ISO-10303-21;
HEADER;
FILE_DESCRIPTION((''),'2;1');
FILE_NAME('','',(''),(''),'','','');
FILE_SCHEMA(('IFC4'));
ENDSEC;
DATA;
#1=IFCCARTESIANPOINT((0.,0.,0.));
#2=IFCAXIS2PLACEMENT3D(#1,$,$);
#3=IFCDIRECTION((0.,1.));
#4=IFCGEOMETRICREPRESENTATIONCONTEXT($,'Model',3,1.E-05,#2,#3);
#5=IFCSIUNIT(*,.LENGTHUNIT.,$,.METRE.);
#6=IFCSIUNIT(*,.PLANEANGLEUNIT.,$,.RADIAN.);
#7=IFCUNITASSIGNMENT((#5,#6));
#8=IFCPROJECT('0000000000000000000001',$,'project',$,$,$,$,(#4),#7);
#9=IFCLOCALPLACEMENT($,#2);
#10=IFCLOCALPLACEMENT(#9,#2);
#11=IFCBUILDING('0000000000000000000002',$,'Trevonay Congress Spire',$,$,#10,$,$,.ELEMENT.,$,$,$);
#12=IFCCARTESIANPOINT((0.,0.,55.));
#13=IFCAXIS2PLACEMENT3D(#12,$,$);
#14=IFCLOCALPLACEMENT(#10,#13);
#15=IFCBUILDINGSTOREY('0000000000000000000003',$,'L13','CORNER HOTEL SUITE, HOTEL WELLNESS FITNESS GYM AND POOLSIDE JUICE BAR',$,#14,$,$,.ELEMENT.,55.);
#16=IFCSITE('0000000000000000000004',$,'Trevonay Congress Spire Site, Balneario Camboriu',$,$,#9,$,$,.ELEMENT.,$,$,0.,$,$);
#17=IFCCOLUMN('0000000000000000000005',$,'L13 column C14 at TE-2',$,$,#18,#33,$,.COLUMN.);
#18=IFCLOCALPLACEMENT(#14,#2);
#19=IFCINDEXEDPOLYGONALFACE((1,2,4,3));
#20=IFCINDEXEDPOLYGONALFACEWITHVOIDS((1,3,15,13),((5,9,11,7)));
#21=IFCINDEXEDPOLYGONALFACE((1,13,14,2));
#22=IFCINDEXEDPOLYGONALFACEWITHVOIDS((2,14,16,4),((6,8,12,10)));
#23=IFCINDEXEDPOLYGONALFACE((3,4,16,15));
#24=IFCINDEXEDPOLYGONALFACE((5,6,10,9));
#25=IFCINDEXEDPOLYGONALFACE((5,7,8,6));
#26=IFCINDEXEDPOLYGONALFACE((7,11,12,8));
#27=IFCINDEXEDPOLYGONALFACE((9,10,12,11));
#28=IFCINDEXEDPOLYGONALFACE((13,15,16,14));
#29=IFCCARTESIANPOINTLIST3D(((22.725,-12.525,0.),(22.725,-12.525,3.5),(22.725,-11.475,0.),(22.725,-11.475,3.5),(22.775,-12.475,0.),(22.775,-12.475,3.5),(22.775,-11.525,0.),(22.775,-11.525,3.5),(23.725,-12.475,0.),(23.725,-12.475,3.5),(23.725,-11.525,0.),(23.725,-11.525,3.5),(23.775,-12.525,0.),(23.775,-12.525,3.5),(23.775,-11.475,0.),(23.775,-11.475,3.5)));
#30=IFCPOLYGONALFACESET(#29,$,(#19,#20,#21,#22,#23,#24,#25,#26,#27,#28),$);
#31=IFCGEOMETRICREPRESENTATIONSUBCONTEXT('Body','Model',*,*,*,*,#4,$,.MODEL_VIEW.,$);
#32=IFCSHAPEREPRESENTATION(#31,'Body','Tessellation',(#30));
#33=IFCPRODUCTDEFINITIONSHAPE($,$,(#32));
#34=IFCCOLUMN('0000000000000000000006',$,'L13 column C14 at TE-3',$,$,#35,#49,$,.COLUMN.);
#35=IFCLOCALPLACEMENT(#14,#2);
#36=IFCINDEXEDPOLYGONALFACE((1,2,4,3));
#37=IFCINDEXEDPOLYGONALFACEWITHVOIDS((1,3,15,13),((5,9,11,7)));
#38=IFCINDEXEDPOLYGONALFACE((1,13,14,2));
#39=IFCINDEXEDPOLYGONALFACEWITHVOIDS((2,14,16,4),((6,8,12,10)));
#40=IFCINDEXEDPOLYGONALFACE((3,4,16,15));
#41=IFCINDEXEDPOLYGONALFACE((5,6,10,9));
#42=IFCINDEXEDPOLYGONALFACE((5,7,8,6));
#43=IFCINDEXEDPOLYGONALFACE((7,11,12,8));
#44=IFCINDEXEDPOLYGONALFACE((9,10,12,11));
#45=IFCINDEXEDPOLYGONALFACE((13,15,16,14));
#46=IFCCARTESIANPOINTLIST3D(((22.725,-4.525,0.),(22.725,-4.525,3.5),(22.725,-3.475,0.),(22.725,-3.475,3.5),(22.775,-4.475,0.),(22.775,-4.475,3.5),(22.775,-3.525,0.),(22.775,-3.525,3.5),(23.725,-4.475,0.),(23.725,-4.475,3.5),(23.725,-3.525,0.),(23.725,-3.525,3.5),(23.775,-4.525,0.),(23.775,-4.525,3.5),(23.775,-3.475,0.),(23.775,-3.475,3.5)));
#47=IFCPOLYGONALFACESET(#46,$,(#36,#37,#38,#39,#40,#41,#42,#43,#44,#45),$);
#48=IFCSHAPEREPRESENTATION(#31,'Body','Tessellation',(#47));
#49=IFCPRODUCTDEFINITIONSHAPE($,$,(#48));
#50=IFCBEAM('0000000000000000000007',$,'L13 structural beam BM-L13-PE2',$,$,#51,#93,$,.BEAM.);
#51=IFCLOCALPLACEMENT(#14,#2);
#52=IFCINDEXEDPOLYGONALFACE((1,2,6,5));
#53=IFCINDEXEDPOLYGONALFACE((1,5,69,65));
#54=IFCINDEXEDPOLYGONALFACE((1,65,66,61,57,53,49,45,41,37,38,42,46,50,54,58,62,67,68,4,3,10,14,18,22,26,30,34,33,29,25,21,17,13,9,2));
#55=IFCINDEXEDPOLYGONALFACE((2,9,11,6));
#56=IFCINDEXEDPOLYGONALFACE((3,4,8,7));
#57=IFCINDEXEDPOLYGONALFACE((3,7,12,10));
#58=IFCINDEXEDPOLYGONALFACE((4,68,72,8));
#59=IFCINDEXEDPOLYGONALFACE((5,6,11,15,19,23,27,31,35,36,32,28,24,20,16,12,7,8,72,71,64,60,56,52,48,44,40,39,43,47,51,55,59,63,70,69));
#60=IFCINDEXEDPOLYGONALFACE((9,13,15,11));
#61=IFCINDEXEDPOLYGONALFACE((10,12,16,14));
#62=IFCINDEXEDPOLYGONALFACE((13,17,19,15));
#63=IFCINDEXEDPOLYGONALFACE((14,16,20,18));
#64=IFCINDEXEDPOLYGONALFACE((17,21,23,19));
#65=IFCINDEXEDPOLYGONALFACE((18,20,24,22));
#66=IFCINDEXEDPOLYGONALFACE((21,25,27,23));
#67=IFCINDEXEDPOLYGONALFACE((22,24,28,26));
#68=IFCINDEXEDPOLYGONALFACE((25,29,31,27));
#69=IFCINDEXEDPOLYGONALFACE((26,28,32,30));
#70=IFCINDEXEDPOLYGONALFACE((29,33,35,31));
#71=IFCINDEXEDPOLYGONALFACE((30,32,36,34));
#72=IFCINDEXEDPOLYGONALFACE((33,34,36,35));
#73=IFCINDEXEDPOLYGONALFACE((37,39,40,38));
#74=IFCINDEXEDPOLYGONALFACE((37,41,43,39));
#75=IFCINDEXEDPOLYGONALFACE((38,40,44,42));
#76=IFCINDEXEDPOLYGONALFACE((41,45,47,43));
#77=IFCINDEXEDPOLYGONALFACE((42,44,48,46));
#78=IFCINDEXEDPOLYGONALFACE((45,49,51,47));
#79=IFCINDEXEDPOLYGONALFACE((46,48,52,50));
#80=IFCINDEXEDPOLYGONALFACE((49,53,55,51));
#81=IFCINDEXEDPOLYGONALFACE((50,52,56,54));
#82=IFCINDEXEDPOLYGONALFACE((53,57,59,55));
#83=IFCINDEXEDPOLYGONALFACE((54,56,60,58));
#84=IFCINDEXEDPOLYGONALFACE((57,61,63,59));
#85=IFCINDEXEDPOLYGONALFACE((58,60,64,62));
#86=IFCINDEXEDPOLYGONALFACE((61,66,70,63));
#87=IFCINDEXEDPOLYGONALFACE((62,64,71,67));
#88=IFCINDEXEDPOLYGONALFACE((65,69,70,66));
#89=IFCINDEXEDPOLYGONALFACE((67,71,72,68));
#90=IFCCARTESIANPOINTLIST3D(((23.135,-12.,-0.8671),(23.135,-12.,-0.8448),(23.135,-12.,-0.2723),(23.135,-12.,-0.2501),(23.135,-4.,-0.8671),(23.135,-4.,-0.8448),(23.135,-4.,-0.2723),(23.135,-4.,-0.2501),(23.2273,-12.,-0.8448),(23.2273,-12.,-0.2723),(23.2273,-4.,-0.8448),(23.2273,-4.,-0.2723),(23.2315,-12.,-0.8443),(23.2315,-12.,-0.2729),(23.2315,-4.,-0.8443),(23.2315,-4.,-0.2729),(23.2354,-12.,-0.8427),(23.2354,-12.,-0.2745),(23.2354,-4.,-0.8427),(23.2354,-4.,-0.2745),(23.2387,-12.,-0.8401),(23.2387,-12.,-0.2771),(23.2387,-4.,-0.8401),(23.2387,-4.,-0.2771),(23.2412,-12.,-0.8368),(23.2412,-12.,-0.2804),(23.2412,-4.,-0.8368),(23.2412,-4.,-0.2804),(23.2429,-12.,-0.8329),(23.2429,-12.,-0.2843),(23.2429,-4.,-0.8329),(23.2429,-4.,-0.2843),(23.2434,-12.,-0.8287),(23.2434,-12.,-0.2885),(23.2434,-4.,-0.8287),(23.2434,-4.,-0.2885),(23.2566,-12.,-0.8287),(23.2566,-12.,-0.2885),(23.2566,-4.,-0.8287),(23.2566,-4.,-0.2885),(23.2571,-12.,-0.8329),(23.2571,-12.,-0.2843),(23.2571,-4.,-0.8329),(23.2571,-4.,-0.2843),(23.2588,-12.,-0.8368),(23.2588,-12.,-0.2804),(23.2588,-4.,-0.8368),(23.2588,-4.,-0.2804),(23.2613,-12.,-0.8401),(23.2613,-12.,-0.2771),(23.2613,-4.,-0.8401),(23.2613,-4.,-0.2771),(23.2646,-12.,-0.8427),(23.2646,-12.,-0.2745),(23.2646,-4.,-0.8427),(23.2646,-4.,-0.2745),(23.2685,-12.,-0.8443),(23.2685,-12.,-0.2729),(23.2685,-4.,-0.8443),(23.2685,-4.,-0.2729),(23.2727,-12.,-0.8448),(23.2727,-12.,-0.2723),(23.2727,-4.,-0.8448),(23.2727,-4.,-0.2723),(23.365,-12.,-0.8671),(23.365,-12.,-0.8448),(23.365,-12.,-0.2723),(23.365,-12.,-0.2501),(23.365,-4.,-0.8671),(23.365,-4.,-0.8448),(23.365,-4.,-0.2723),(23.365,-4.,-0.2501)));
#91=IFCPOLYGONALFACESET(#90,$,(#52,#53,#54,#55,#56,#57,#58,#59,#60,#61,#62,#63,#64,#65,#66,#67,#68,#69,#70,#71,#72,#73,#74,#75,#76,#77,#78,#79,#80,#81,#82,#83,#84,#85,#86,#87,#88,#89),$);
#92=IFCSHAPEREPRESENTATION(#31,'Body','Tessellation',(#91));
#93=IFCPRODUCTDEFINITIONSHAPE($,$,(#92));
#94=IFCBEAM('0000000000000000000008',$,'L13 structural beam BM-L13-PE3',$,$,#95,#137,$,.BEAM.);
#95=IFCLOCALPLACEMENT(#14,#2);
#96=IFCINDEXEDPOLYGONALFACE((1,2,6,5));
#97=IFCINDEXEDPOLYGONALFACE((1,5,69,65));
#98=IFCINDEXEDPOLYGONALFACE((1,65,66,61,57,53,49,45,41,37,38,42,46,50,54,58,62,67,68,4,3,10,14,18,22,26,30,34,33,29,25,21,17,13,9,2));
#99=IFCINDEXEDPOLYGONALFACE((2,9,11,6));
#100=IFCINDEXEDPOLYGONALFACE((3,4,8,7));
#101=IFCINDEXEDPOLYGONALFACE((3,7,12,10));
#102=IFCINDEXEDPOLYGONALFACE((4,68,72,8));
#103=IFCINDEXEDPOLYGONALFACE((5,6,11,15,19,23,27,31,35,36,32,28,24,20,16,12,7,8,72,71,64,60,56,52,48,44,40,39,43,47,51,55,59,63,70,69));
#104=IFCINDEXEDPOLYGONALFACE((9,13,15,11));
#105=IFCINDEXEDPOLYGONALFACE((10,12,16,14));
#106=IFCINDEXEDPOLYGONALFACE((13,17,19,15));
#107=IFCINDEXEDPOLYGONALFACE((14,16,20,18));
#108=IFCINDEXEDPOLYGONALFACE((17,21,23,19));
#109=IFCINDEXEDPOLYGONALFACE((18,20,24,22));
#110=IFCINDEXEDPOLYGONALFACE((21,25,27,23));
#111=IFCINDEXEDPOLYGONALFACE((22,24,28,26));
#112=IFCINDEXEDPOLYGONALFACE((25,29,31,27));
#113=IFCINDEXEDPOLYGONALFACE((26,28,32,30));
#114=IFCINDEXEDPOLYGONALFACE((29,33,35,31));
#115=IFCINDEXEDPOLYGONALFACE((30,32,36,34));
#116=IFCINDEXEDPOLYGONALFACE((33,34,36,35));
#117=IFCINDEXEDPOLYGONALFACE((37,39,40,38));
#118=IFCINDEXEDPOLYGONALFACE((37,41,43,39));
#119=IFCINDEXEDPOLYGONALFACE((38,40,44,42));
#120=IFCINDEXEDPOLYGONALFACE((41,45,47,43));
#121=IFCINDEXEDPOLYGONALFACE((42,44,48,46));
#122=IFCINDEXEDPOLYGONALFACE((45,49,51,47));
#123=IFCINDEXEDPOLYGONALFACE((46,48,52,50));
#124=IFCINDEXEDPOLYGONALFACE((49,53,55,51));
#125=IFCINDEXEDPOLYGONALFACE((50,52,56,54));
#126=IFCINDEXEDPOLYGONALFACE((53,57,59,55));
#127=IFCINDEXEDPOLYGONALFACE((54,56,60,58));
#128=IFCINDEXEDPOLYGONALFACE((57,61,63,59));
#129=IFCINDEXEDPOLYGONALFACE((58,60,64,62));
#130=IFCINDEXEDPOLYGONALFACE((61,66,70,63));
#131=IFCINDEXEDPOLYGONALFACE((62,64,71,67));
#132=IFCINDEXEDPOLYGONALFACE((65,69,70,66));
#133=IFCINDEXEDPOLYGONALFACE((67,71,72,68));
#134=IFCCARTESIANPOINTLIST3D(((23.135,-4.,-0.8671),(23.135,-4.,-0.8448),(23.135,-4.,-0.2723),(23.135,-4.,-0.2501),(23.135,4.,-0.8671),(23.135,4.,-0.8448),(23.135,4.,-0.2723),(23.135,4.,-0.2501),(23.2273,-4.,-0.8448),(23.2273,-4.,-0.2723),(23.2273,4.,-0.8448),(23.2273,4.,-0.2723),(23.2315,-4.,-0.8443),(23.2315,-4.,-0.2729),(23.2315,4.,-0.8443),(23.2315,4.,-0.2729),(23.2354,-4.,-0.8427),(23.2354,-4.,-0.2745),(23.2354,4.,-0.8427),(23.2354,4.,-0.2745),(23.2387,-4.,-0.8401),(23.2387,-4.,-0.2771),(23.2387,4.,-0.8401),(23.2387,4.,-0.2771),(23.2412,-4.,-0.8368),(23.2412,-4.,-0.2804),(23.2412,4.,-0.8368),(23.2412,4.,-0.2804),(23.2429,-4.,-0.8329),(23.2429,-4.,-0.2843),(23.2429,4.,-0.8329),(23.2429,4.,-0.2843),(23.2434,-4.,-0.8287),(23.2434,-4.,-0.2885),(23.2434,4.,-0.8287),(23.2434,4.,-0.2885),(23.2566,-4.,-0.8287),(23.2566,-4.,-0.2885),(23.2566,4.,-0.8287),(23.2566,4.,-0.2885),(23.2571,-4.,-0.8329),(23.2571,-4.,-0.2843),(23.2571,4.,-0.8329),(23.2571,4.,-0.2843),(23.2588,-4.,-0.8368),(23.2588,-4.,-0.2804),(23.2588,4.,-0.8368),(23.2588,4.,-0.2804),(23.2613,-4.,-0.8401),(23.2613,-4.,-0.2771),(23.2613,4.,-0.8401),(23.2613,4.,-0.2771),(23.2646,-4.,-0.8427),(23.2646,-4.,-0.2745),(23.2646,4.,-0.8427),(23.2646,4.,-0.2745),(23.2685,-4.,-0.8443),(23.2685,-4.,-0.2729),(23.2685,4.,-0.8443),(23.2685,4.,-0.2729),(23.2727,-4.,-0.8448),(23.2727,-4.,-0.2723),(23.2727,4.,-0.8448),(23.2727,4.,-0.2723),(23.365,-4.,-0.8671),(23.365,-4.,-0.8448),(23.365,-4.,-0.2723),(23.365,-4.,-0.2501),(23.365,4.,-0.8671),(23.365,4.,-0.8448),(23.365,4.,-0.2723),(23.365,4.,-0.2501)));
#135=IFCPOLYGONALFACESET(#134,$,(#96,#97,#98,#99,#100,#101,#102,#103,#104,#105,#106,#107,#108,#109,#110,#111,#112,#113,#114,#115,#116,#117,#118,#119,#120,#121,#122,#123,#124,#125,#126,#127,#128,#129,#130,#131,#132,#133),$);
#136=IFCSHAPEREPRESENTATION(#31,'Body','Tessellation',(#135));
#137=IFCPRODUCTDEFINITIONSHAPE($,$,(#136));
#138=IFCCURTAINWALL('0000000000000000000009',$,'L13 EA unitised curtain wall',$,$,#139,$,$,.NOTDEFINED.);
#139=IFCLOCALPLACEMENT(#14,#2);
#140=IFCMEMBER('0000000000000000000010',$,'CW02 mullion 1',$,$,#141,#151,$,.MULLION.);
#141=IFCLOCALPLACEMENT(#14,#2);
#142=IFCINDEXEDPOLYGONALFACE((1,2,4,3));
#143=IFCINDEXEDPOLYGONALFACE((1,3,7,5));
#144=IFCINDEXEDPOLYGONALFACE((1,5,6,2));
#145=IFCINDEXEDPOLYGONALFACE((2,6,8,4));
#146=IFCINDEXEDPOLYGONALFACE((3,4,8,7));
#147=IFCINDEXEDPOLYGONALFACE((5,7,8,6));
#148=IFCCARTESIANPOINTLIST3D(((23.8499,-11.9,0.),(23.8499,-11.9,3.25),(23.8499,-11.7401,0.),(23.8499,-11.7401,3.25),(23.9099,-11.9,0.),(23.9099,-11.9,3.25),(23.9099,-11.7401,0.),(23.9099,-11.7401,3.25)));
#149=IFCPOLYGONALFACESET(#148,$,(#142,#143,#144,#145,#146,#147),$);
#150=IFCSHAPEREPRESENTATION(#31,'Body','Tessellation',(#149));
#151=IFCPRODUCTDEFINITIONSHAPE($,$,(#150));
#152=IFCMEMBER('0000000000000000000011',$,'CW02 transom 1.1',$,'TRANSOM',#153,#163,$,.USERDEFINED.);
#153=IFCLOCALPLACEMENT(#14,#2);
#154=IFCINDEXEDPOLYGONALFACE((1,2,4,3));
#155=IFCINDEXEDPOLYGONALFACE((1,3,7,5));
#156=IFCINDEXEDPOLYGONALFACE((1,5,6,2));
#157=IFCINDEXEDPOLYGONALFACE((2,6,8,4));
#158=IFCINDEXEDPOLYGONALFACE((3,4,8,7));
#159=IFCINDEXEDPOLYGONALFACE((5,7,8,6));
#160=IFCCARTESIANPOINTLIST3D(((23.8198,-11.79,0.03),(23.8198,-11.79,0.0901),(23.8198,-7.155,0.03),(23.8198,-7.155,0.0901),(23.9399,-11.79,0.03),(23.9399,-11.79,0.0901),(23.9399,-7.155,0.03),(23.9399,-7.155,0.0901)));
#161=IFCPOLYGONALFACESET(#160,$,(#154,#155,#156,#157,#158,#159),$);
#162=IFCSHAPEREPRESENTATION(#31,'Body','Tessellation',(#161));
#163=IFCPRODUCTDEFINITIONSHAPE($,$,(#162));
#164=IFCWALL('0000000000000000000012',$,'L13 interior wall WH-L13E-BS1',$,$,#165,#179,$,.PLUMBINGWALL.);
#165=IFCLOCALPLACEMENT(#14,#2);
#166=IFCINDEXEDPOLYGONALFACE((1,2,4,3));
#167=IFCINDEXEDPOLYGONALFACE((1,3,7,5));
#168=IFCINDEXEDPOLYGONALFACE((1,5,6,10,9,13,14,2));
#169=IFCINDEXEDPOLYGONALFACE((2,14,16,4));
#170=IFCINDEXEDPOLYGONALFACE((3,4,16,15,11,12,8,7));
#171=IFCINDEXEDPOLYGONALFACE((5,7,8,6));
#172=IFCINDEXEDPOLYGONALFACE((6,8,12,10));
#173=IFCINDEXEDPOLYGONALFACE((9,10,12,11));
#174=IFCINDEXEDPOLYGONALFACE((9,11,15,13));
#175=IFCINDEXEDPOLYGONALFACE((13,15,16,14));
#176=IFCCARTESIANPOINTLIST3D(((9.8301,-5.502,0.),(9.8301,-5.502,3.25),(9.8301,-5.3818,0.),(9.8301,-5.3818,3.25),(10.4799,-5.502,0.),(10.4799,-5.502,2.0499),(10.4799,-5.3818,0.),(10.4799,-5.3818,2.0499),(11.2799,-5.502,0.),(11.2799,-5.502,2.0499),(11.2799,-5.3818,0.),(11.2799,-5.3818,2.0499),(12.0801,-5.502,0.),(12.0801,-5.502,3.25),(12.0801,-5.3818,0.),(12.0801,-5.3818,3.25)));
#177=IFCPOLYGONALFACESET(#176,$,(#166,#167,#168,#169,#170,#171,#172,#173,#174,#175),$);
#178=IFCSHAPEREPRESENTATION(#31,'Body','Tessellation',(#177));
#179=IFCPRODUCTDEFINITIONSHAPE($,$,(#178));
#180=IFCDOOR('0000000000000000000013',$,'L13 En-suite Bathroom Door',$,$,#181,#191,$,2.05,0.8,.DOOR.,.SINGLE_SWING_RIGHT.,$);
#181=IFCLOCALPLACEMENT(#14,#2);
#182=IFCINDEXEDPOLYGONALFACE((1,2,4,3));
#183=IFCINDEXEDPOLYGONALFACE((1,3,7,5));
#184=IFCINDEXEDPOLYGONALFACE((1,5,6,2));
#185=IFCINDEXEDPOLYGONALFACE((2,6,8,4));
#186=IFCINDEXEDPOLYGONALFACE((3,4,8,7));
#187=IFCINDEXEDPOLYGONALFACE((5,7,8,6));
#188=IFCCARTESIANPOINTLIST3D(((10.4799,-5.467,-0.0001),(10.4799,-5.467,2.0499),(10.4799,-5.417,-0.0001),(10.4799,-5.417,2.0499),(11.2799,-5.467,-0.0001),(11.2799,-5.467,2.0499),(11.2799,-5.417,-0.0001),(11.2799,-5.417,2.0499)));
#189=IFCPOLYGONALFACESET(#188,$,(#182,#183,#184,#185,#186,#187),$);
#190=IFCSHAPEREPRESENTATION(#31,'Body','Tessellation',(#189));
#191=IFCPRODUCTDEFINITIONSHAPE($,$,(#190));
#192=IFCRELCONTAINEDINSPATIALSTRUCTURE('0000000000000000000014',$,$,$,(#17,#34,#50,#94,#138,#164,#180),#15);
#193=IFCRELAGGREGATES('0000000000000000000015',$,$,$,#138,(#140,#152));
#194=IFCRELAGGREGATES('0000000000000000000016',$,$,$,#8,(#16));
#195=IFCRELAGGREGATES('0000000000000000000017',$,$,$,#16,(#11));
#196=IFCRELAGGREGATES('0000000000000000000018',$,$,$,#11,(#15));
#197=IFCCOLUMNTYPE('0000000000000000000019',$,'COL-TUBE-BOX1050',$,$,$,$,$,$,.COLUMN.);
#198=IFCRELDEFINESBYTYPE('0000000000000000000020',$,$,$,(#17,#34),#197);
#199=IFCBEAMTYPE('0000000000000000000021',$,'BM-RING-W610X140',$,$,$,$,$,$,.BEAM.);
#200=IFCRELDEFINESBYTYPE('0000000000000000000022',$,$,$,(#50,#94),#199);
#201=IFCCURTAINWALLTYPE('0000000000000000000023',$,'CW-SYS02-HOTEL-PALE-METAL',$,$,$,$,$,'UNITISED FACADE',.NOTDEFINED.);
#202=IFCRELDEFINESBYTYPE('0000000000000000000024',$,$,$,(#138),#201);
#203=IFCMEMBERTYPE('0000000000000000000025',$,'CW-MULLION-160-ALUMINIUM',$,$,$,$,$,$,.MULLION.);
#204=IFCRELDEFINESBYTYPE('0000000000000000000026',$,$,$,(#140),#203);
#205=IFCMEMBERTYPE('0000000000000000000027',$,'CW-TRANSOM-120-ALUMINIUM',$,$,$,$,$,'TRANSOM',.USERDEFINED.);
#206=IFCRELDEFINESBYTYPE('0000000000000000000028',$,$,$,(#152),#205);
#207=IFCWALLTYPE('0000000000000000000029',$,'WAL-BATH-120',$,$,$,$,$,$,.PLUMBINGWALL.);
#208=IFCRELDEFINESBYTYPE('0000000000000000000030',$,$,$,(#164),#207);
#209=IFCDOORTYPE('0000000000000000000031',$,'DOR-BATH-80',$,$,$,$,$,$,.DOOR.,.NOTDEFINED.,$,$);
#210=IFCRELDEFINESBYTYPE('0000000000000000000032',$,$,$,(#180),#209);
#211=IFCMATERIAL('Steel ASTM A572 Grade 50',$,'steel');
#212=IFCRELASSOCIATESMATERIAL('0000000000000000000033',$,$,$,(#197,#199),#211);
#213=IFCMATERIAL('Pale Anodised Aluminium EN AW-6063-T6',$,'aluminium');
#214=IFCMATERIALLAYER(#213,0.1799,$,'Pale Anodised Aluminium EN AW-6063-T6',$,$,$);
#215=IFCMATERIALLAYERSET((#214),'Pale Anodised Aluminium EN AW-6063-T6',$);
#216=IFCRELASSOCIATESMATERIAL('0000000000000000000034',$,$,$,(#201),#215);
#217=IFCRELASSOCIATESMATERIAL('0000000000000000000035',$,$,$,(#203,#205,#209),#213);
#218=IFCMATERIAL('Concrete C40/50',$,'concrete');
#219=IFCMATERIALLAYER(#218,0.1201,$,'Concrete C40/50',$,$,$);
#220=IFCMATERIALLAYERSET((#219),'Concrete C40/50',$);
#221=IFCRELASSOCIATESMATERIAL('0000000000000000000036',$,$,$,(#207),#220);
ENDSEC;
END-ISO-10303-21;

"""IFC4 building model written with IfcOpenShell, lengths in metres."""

from ifc_helpers import new_model, si_unit, direction, frame, frame_2d, origin, origin_2d, place, context, subcontext, project, spatial, rectangle, hollow_rectangle, i_section, extrude, material, layer, layer_set, material_profile, profile_set, type_object, element, fill, aggregate, save


model = new_model("IFC4")

# Units and contexts
model_context = context("Model", 3, precision=1e-05, world=origin(), true_north=direction((0.0, 1.0)))
body_context = subcontext(model_context, "Body", "Model", "MODEL_VIEW")
ifc_project = project(units=[si_unit("LENGTHUNIT", "METRE"), si_unit("PLANEANGLEUNIT", "RADIAN")], contexts=[model_context])

# Site, building, storey
site_placement = place(None, origin())
site = spatial("IfcSite", under=ifc_project, at=site_placement, Name="Trevonay Congress Spire Site, Balneario Camboriu", CompositionType="ELEMENT", RefElevation=0.0)
building_placement = place(site_placement, origin())
building = spatial("IfcBuilding", under=site, at=building_placement, Name="Trevonay Congress Spire", CompositionType="ELEMENT")
storey_placement = place(building_placement, frame((0.0, 0.0, 55.0)))
storey = spatial("IfcBuildingStorey", under=building, at=storey_placement, Name="L13", Description="CORNER HOTEL SUITE, HOTEL WELLNESS FITNESS GYM AND POOLSIDE JUICE BAR", CompositionType="ELEMENT", Elevation=55.0)

# Columns
ifc_material_1 = material(Name="Steel ASTM A572 Grade 50", Category="steel")
ifc_material_profile_1 = material_profile(ifc_material_1, hollow_rectangle(XDim=1.05, YDim=1.05, WallThickness=0.05, at=origin_2d()), Name="BOX 1050x1050x50")
ifc_profile_set_1 = profile_set([ifc_material_profile_1], Name="Steel ASTM A572 Grade 50")
column_type = type_object("IfcColumnType", Name="COL-TUBE-BOX1050", PredefinedType="COLUMN", material=ifc_profile_set_1)
for number, where, z_axis, x_axis, name in (
    (1, (23.25, -12.0, 0.0), (0.0, 0.0, 1.0), (1.0, 0.0, 0.0), "L13 column C14 at TE-2"),
    (2, (23.25, -4.0, 0.0), (0.0, 0.0, 1.0), (1.0, 0.0, 0.0), "L13 column C14 at TE-3"),
):
    element("IfcColumn", number, at=place(storey_placement, frame(where, z_axis=z_axis, x_axis=x_axis)), inside=storey, type_object=column_type, Name=name, PredefinedType="COLUMN", context=body_context, shape_type="SweptSolid", body=[
        extrude(hollow_rectangle(XDim=1.05, YDim=1.05, WallThickness=0.05, at=origin_2d()), origin(), (0.0, 0.0, 1.0), 3.5),
    ])

# Beams
ifc_material_profile_2 = material_profile(ifc_material_1, i_section(OverallWidth=0.23, OverallDepth=0.6169, WebThickness=0.0132, FlangeThickness=0.0222, FilletRadius=0.0161, at=origin_2d()), Name="W610x140")
ifc_profile_set_2 = profile_set([ifc_material_profile_2], Name="Steel ASTM A572 Grade 50")
beam_type = type_object("IfcBeamType", Name="BM-RING-W610X140", PredefinedType="BEAM", material=ifc_profile_set_2)
for number, where, z_axis, x_axis, name in (
    (3, (23.25, -12.0, -0.5586), (0.0, 1.0, 0.0), (-1.0, 0.0, 0.0), "L13 structural beam BM-L13-PE2"),
    (4, (23.25, -4.0, -0.5586), (0.0, 1.0, 0.0), (-1.0, 0.0, 0.0), "L13 structural beam BM-L13-PE3"),
):
    element("IfcBeam", number, at=place(storey_placement, frame(where, z_axis=z_axis, x_axis=x_axis)), inside=storey, type_object=beam_type, Name=name, PredefinedType="BEAM", context=body_context, shape_type="SweptSolid", body=[
        extrude(i_section(OverallWidth=0.23, OverallDepth=0.6169, WebThickness=0.0132, FlangeThickness=0.0222, FilletRadius=0.0161, at=origin_2d()), origin(), (0.0, 0.0, 1.0), 8.0),
    ])

# Curtain wall, members
ifc_material_2 = material(Name="Pale Anodised Aluminium EN AW-6063-T6", Category="aluminium")
ifc_layer_1 = layer(ifc_material_2, 0.1799, Name="Pale Anodised Aluminium EN AW-6063-T6")
ifc_layer_set_1 = layer_set([ifc_layer_1], Name="Pale Anodised Aluminium EN AW-6063-T6")
curtain_wall_type = type_object("IfcCurtainWallType", Name="CW-SYS02-HOTEL-PALE-METAL", ElementType="UNITISED FACADE", PredefinedType="NOTDEFINED", material=ifc_layer_set_1)
curtain_wall_placement = place(storey_placement, origin())
curtain_wall = element("IfcCurtainWall", 5, at=curtain_wall_placement, inside=storey, type_object=curtain_wall_type, Name="L13 EA unitised curtain wall", PredefinedType="NOTDEFINED")
ifc_material_profile_3 = material_profile(ifc_material_2, rectangle(XDim=0.0601, YDim=0.1599, at=origin_2d()), Name="CW-MULLION-160-ALUMINIUM")
ifc_profile_set_3 = profile_set([ifc_material_profile_3], Name="Pale Anodised Aluminium EN AW-6063-T6")
member_type_1 = type_object("IfcMemberType", Name="CW-MULLION-160-ALUMINIUM", PredefinedType="MULLION", material=ifc_profile_set_3)
member_1_placement = place(storey_placement, frame((23.8799, -11.8201, 0.0), z_axis=(0.0, 0.0, 1.0), x_axis=(-1.0, 0.0, 0.0)))
member_1 = element("IfcMember", 6, at=member_1_placement, type_object=member_type_1, Name="CW02 mullion 1", PredefinedType="MULLION", context=body_context, shape_type="SweptSolid", body=[
    extrude(rectangle(XDim=0.0601, YDim=0.1599, at=origin_2d()), origin(), (0.0, 0.0, 1.0), 3.25),
])
ifc_material_profile_4 = material_profile(ifc_material_2, rectangle(XDim=0.1201, YDim=0.0601, at=origin_2d()), Name="CW-TRANSOM-120-ALUMINIUM")
ifc_profile_set_4 = profile_set([ifc_material_profile_4], Name="Pale Anodised Aluminium EN AW-6063-T6")
member_type_2 = type_object("IfcMemberType", Name="CW-TRANSOM-120-ALUMINIUM", ElementType="TRANSOM", PredefinedType="USERDEFINED", material=ifc_profile_set_4)
member_2_placement = place(storey_placement, frame((23.8799, -11.79, 0.0601), z_axis=(0.0, 1.0, 0.0), x_axis=(-1.0, 0.0, 0.0)))
member_2 = element("IfcMember", 7, at=member_2_placement, type_object=member_type_2, Name="CW02 transom 1.1", ObjectType="TRANSOM", PredefinedType="USERDEFINED", context=body_context, shape_type="SweptSolid", body=[
    extrude(rectangle(XDim=0.1201, YDim=0.0601, at=origin_2d()), origin(), (0.0, 0.0, 1.0), 4.635),
])
aggregate(curtain_wall, [member_1, member_2])

# Wall, opening, door
ifc_material_3 = material(Name="Concrete C40/50", Category="concrete")
ifc_layer_2 = layer(ifc_material_3, 0.1201, Name="Concrete C40/50")
ifc_layer_set_2 = layer_set([ifc_layer_2], Name="Concrete C40/50")
wall_type_1 = type_object("IfcWallType", Name="WAL-BATH-120", PredefinedType="PLUMBINGWALL", material=ifc_layer_set_2)
wall_1_placement = place(storey_placement, frame((9.8301, -5.4419, 0.0), z_axis=(0.0, 0.0, 1.0), x_axis=(1.0, 0.0, 0.0)))
wall_1 = element("IfcWall", 8, at=wall_1_placement, inside=storey, type_object=wall_type_1, Name="L13 interior wall WH-L13E-BS1", PredefinedType="PLUMBINGWALL", context=body_context, shape_type="SweptSolid", body=[
    extrude(rectangle(XDim=2.25, YDim=0.1201, at=frame_2d((1.125, 0.0))), origin(), (0.0, 0.0, 1.0), 3.25),
])
opening_1_placement = place(wall_1_placement, frame((0.6499, 0.0, 0.0)))
opening_1 = element("IfcOpeningElement", 9, at=opening_1_placement, cuts=wall_1, PredefinedType="OPENING", context=body_context, shape_type="SweptSolid", body=[
    extrude(rectangle(XDim=0.8, YDim=2.05, at=frame_2d((0.3999, 1.0249))), frame((0.0, 0.0701, 0.0), z_axis=(0.0, -1.0, 0.0), x_axis=(1.0, 0.0, 0.0)), (0.0, 0.0, 1.0), 0.1401),
])
door_type_1 = type_object("IfcDoorType", Name="DOR-BATH-80", OperationType="NOTDEFINED", PredefinedType="DOOR", material=ifc_material_2)
door_1_placement = place(opening_1_placement, origin())
door_1 = element("IfcDoor", 10, at=door_1_placement, inside=storey, type_object=door_type_1, Name="L13 En-suite Bathroom Door", OperationType="SINGLE_SWING_RIGHT", OverallHeight=2.05, OverallWidth=0.8, PredefinedType="DOOR", context=body_context, shape_type="SweptSolid", body=[
    extrude(rectangle(XDim=0.8, YDim=2.05, at=frame_2d((0.3999, 1.0249))), frame((0.0, 0.0249, 0.0), z_axis=(0.0, -1.0, 0.0), x_axis=(1.0, 0.0, 0.0)), (0.0, 0.0, 1.0), 0.05),
])
fill(opening_1, door_1)

save(model, "model.ifc")
